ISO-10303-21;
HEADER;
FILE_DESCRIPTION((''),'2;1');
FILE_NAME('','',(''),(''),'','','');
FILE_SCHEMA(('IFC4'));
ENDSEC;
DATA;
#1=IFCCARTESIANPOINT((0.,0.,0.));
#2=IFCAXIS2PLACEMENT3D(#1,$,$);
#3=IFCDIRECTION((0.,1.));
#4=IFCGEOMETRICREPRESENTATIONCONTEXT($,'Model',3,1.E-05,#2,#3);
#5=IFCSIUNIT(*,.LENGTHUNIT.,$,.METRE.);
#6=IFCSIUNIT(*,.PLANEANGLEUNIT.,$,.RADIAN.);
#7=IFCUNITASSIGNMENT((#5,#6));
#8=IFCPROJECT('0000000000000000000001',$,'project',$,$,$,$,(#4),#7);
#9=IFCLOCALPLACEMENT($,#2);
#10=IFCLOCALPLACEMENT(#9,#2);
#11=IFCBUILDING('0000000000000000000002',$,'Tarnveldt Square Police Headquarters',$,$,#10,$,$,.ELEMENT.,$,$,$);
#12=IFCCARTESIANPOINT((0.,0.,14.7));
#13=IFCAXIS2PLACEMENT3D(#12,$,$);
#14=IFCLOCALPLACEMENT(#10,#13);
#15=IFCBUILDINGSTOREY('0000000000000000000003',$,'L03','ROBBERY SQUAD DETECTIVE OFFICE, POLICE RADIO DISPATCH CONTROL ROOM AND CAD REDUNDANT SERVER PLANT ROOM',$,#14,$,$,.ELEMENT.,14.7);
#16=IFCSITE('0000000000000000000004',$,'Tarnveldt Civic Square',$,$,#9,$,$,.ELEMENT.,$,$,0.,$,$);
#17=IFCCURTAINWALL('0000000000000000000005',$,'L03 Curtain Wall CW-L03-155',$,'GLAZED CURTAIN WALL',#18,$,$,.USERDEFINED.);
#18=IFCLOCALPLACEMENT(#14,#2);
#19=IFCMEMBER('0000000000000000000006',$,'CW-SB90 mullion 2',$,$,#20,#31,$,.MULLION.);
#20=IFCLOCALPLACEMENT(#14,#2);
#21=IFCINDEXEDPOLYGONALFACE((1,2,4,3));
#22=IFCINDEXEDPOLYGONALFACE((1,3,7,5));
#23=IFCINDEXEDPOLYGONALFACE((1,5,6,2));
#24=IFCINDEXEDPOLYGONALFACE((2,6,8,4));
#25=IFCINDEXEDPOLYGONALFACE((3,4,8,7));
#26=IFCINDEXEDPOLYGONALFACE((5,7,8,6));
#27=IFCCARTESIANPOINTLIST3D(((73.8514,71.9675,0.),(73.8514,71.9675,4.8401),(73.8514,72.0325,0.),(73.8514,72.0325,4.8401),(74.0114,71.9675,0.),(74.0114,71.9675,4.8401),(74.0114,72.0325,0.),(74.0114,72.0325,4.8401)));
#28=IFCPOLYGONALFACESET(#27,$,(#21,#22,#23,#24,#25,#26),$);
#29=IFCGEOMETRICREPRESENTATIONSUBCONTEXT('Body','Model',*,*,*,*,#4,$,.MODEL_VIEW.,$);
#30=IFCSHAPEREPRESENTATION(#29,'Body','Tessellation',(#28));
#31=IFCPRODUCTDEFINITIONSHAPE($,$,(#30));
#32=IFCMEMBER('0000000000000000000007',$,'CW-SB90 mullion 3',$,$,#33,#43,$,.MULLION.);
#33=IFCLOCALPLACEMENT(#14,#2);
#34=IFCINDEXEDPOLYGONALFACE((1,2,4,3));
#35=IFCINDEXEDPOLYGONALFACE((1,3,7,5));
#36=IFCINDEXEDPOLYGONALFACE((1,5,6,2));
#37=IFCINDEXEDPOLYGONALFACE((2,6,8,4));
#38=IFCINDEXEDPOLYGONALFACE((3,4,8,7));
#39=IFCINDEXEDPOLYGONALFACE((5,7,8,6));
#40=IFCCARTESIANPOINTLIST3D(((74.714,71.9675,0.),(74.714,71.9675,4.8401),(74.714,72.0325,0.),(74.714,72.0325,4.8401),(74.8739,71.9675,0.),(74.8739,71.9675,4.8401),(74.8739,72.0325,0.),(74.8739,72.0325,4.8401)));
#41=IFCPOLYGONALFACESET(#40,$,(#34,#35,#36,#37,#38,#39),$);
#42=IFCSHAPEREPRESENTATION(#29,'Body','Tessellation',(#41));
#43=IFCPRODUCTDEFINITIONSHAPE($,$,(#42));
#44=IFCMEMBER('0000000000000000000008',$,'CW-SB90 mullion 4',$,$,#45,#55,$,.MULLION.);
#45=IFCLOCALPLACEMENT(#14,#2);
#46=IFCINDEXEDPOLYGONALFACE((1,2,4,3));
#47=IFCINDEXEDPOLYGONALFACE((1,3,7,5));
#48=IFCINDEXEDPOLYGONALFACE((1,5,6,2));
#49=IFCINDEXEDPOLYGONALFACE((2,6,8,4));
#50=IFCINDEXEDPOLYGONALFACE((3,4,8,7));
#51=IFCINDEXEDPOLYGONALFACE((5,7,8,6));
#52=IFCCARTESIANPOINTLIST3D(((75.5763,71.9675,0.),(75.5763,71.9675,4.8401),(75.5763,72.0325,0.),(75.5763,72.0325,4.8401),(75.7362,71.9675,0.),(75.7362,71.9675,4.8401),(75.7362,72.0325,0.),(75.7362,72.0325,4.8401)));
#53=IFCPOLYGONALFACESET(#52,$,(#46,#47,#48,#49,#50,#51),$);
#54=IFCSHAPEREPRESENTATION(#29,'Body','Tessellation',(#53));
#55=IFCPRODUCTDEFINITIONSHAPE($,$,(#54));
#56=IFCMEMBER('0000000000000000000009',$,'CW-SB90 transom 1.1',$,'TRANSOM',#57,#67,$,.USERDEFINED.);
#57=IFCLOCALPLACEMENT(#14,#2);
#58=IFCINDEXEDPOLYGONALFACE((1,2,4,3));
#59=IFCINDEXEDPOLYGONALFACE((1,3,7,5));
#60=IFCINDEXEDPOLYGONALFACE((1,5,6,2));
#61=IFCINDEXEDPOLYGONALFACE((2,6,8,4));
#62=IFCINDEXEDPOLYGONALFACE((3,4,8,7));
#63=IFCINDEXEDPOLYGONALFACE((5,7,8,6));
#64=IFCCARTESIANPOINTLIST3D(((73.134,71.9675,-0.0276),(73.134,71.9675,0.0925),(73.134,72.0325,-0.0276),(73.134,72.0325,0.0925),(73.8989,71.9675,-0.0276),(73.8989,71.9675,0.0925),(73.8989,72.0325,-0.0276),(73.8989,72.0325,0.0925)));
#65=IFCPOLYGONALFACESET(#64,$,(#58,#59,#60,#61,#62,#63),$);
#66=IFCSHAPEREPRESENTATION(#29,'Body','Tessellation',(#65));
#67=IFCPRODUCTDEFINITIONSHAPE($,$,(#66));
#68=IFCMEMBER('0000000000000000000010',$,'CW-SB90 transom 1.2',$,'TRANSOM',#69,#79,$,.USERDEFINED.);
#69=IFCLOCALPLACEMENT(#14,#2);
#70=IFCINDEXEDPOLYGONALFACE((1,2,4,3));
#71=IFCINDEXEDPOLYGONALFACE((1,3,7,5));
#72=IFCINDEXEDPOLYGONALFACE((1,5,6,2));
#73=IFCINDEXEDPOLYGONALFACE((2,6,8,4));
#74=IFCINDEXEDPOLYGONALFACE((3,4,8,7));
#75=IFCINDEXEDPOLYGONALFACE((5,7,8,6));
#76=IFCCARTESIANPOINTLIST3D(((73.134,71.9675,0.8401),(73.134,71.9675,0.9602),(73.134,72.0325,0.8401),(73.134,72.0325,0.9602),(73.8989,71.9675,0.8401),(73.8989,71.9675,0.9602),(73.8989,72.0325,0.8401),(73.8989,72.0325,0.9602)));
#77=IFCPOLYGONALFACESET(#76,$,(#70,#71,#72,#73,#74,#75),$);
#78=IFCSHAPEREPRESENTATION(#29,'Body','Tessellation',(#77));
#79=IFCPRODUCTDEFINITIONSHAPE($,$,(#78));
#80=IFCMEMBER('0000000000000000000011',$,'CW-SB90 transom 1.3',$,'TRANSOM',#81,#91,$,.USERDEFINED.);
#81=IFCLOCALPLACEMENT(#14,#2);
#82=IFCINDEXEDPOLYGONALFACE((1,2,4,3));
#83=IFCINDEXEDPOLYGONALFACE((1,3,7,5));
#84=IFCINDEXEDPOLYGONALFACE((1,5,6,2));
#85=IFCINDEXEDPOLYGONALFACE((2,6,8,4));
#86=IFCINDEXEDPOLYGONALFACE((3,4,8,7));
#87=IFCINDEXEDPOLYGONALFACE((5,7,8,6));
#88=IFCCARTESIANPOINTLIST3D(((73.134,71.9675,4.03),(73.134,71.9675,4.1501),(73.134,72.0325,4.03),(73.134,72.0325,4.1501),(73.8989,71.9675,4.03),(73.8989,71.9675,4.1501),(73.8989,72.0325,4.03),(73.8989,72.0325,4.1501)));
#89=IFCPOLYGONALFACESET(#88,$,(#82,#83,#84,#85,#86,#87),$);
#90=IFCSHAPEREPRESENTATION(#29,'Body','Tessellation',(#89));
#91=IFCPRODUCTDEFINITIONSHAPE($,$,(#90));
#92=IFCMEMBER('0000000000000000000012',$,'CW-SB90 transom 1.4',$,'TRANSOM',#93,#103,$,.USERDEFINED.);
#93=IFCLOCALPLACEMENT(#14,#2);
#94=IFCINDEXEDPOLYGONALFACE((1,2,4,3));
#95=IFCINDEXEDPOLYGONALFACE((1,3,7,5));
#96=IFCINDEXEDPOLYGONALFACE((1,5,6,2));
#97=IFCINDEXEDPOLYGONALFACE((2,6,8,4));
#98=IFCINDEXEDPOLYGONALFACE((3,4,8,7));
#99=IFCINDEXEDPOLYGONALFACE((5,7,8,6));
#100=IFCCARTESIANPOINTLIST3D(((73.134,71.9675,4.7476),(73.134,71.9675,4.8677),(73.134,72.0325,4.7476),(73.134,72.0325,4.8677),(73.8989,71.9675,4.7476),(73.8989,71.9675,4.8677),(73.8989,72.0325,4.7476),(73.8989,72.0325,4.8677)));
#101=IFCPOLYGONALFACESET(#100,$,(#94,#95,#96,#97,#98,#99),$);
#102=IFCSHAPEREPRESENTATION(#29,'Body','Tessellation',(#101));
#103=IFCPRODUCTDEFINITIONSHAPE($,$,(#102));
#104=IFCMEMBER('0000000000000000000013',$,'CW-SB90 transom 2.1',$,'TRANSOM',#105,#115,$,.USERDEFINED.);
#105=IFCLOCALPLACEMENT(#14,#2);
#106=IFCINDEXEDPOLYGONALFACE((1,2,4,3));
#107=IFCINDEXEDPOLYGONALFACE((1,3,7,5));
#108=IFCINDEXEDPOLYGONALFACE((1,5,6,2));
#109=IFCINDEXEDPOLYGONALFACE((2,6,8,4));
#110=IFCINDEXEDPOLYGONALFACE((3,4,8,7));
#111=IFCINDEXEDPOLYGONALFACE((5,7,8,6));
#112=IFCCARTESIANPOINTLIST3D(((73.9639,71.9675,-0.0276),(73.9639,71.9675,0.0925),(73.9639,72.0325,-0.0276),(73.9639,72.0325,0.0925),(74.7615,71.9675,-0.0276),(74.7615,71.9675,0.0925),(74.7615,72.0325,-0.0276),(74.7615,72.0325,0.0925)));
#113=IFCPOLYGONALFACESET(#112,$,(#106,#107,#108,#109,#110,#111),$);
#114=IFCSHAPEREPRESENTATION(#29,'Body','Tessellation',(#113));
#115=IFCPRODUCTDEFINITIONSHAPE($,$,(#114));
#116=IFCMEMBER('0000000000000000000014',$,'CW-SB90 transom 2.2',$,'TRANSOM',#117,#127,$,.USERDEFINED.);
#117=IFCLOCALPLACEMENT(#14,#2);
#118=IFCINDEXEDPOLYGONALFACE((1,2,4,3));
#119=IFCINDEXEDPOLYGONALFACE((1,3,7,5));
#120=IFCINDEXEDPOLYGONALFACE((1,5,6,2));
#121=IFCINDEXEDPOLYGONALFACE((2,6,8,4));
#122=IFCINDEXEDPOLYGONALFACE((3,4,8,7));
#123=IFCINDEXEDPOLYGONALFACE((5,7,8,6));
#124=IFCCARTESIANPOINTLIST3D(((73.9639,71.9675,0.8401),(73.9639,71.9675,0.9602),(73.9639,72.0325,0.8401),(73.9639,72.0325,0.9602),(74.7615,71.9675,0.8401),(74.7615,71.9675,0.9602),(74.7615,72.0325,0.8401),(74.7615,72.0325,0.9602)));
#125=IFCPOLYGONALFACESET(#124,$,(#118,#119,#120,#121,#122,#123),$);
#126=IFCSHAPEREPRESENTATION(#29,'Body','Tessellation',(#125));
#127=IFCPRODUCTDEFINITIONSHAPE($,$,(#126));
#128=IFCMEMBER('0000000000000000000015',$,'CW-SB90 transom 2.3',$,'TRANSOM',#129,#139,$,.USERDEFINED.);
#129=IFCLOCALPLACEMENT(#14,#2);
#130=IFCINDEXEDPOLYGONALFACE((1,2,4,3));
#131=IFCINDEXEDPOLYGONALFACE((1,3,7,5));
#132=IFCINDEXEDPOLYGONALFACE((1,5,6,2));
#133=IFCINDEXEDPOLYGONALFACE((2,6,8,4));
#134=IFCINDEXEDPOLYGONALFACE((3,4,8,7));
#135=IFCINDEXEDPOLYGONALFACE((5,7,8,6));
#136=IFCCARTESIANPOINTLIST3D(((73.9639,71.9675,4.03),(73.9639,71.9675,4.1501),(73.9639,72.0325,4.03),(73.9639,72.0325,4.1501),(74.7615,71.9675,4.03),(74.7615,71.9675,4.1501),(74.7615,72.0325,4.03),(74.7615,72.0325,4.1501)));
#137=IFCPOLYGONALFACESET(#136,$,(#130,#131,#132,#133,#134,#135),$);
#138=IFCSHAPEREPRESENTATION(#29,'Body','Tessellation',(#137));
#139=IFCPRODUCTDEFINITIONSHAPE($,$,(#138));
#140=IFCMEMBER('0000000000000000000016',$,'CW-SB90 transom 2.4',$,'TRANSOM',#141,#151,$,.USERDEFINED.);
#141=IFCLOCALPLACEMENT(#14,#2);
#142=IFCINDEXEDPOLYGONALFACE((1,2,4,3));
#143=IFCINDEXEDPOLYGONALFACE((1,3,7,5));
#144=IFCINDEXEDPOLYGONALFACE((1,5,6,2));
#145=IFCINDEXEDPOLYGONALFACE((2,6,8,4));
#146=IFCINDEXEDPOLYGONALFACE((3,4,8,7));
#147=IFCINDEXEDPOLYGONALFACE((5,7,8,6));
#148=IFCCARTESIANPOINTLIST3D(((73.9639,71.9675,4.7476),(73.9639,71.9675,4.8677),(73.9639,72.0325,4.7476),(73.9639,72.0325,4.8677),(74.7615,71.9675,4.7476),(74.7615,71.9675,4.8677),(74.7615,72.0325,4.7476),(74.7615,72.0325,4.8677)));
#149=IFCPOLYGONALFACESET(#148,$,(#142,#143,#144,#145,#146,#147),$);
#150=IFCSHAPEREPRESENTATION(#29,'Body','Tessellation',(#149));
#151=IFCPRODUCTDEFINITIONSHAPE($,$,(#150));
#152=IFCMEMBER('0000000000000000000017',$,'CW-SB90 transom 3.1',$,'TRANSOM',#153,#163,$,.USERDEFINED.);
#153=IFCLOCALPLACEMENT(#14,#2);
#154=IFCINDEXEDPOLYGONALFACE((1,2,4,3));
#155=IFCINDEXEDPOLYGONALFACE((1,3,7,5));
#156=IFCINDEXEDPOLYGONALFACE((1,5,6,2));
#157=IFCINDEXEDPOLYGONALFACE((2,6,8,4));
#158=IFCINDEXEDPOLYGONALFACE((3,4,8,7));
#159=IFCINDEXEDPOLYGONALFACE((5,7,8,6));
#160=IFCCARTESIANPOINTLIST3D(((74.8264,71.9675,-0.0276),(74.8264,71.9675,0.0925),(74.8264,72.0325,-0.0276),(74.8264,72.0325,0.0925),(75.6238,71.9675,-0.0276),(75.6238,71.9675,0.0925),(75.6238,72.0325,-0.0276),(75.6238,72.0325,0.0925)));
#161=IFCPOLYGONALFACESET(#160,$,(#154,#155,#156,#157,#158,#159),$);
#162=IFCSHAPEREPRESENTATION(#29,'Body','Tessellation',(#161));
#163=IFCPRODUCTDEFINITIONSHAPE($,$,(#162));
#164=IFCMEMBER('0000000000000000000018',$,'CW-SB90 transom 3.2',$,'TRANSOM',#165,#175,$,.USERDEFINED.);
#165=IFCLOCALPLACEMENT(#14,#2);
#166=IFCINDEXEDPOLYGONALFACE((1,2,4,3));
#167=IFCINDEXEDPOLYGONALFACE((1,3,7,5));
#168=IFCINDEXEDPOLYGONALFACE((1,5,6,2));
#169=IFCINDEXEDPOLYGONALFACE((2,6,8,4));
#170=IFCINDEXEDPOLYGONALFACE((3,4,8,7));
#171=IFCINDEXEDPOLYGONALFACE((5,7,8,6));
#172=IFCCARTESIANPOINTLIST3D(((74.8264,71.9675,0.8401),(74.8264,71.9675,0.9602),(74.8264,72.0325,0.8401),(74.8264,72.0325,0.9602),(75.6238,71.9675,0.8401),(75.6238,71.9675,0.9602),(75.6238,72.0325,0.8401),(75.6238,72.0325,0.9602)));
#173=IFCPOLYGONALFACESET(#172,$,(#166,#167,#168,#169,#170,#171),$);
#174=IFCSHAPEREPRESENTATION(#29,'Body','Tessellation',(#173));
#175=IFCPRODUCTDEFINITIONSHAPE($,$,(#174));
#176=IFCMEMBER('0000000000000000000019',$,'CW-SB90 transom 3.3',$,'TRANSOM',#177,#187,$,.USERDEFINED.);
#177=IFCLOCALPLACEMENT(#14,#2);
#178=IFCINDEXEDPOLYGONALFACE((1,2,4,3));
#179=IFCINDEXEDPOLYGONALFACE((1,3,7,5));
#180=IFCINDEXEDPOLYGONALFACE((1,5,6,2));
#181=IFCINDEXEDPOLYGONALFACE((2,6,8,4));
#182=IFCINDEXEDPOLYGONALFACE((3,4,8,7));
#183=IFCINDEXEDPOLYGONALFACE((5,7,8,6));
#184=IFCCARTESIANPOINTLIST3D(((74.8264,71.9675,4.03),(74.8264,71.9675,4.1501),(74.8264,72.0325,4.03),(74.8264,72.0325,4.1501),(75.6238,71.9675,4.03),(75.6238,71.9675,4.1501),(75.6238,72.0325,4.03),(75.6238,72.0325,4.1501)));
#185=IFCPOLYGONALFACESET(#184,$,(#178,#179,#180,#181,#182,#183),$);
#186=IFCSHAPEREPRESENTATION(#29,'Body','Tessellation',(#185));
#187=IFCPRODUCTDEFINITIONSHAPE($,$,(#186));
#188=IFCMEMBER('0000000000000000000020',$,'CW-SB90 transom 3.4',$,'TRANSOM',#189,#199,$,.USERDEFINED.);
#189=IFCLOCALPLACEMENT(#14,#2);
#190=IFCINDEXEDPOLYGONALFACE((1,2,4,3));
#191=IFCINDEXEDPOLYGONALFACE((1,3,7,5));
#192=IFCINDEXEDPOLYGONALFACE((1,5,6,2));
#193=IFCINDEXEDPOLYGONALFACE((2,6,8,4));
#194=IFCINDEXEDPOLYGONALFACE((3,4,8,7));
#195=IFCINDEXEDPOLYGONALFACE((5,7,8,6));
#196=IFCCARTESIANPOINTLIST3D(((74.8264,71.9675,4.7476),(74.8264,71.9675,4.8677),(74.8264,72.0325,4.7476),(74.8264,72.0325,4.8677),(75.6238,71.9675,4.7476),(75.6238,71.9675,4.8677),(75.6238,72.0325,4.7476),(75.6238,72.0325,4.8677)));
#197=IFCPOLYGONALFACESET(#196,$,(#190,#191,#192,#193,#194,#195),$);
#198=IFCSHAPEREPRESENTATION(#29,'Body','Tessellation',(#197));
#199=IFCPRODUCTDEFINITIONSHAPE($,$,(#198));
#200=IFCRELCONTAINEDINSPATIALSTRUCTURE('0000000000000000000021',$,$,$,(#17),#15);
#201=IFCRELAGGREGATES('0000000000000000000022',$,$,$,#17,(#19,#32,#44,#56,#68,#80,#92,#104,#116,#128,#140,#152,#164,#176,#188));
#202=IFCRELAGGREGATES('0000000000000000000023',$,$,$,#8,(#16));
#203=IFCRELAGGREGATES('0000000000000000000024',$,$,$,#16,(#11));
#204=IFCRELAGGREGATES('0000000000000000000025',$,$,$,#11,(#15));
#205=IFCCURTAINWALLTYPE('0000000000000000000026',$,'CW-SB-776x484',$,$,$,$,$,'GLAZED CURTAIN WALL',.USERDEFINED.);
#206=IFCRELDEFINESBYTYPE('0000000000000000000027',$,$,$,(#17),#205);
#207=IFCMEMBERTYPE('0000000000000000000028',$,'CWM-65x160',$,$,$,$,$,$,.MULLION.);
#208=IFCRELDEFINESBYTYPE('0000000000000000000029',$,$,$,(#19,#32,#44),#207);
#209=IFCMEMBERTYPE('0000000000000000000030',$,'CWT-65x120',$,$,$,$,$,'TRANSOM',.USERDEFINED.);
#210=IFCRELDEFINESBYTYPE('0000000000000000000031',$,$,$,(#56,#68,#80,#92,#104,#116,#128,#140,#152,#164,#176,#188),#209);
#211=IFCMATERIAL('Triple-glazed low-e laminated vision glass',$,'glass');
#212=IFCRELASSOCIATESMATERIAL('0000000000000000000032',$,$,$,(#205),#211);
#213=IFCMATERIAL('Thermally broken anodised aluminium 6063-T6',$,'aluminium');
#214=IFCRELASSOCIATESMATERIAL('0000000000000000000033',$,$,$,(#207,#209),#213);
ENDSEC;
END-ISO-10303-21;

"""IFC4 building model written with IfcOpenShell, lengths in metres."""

from ifc_helpers import new_model, si_unit, direction, frame, origin, origin_2d, place, context, subcontext, project, spatial, rectangle, extrude, material, material_profile, profile_set, type_object, element, aggregate, save


model = new_model("IFC4")

# Units and contexts
model_context = context("Model", 3, precision=1e-05, world=origin(), true_north=direction((0.0, 1.0)))
body_context = subcontext(model_context, "Body", "Model", "MODEL_VIEW")
ifc_project = project(units=[si_unit("LENGTHUNIT", "METRE"), si_unit("PLANEANGLEUNIT", "RADIAN")], contexts=[model_context])

# Site, building, storey
site_placement = place(None, origin())
site = spatial("IfcSite", under=ifc_project, at=site_placement, Name="Tarnveldt Civic Square", CompositionType="ELEMENT", RefElevation=0.0)
building_placement = place(site_placement, origin())
building = spatial("IfcBuilding", under=site, at=building_placement, Name="Tarnveldt Square Police Headquarters", CompositionType="ELEMENT")
storey_placement = place(building_placement, frame((0.0, 0.0, 14.7)))
storey = spatial("IfcBuildingStorey", under=building, at=storey_placement, Name="L03", Description="ROBBERY SQUAD DETECTIVE OFFICE, POLICE RADIO DISPATCH CONTROL ROOM AND CAD REDUNDANT SERVER PLANT ROOM", CompositionType="ELEMENT", Elevation=14.7)

# Curtain wall, members
ifc_material_1 = material(Name="Triple-glazed low-e laminated vision glass", Category="glass")
curtain_wall_type = type_object("IfcCurtainWallType", Name="CW-SB-776x484", ElementType="GLAZED CURTAIN WALL", PredefinedType="USERDEFINED", material=ifc_material_1)
curtain_wall_placement = place(storey_placement, origin())
curtain_wall = element("IfcCurtainWall", 1, at=curtain_wall_placement, inside=storey, type_object=curtain_wall_type, Name="L03 Curtain Wall CW-L03-155", ObjectType="GLAZED CURTAIN WALL", PredefinedType="USERDEFINED")
ifc_material_2 = material(Name="Thermally broken anodised aluminium 6063-T6", Category="aluminium")
ifc_material_profile_1 = material_profile(ifc_material_2, rectangle(XDim=0.0649, YDim=0.1599, at=origin_2d()), Name="CW-M65x160")
ifc_profile_set_1 = profile_set([ifc_material_profile_1], Name="Thermally broken anodised aluminium 6063-T6")
member_type_1 = type_object("IfcMemberType", Name="CWM-65x160", PredefinedType="MULLION", material=ifc_profile_set_1)
member_1_placement = place(storey_placement, frame((73.9314, 72.0, 0.0), z_axis=(0.0, 0.0, 1.0), x_axis=(0.0, 1.0, 0.0)))
member_1 = element("IfcMember", 2, at=member_1_placement, type_object=member_type_1, Name="CW-SB90 mullion 2", PredefinedType="MULLION", context=body_context, shape_type="SweptSolid", body=[
    extrude(rectangle(XDim=0.0649, YDim=0.1599, at=origin_2d()), origin(), (0.0, 0.0, 1.0), 4.8401),
])
member_2_placement = place(storey_placement, frame((74.7939, 72.0, 0.0), z_axis=(0.0, 0.0, 1.0), x_axis=(0.0, 1.0, 0.0)))
member_2 = element("IfcMember", 3, at=member_2_placement, type_object=member_type_1, Name="CW-SB90 mullion 3", PredefinedType="MULLION", context=body_context, shape_type="SweptSolid", body=[
    extrude(rectangle(XDim=0.0649, YDim=0.1599, at=origin_2d()), origin(), (0.0, 0.0, 1.0), 4.8401),
])
member_3_placement = place(storey_placement, frame((75.6562, 72.0, 0.0), z_axis=(0.0, 0.0, 1.0), x_axis=(0.0, 1.0, 0.0)))
member_3 = element("IfcMember", 4, at=member_3_placement, type_object=member_type_1, Name="CW-SB90 mullion 4", PredefinedType="MULLION", context=body_context, shape_type="SweptSolid", body=[
    extrude(rectangle(XDim=0.0649, YDim=0.1599, at=origin_2d()), origin(), (0.0, 0.0, 1.0), 4.8401),
])
ifc_material_profile_2 = material_profile(ifc_material_2, rectangle(XDim=0.0649, YDim=0.1201, at=origin_2d()), Name="CW-T65x120")
ifc_profile_set_2 = profile_set([ifc_material_profile_2], Name="Thermally broken anodised aluminium 6063-T6")
member_type_2 = type_object("IfcMemberType", Name="CWT-65x120", ElementType="TRANSOM", PredefinedType="USERDEFINED", material=ifc_profile_set_2)
member_4_placement = place(storey_placement, frame((73.134, 72.0, 0.0325), z_axis=(1.0, 0.0, 0.0), x_axis=(0.0, 1.0, 0.0)))
member_4 = element("IfcMember", 5, at=member_4_placement, type_object=member_type_2, Name="CW-SB90 transom 1.1", ObjectType="TRANSOM", PredefinedType="USERDEFINED", context=body_context, shape_type="SweptSolid", body=[
    extrude(rectangle(XDim=0.0649, YDim=0.1201, at=origin_2d()), origin(), (0.0, 0.0, 1.0), 0.7649),
])
member_5_placement = place(storey_placement, frame((73.134, 72.0, 0.9001), z_axis=(1.0, 0.0, 0.0), x_axis=(0.0, 1.0, 0.0)))
member_5 = element("IfcMember", 6, at=member_5_placement, type_object=member_type_2, Name="CW-SB90 transom 1.2", ObjectType="TRANSOM", PredefinedType="USERDEFINED", context=body_context, shape_type="SweptSolid", body=[
    extrude(rectangle(XDim=0.0649, YDim=0.1201, at=origin_2d()), origin(), (0.0, 0.0, 1.0), 0.7649),
])
member_6_placement = place(storey_placement, frame((73.134, 72.0, 4.0901), z_axis=(1.0, 0.0, 0.0), x_axis=(0.0, 1.0, 0.0)))
member_6 = element("IfcMember", 7, at=member_6_placement, type_object=member_type_2, Name="CW-SB90 transom 1.3", ObjectType="TRANSOM", PredefinedType="USERDEFINED", context=body_context, shape_type="SweptSolid", body=[
    extrude(rectangle(XDim=0.0649, YDim=0.1201, at=origin_2d()), origin(), (0.0, 0.0, 1.0), 0.7649),
])
member_7_placement = place(storey_placement, frame((73.134, 72.0, 4.8076), z_axis=(1.0, 0.0, 0.0), x_axis=(0.0, 1.0, 0.0)))
member_7 = element("IfcMember", 8, at=member_7_placement, type_object=member_type_2, Name="CW-SB90 transom 1.4", ObjectType="TRANSOM", PredefinedType="USERDEFINED", context=body_context, shape_type="SweptSolid", body=[
    extrude(rectangle(XDim=0.0649, YDim=0.1201, at=origin_2d()), origin(), (0.0, 0.0, 1.0), 0.7649),
])
member_8_placement = place(storey_placement, frame((73.9639, 72.0, 0.0325), z_axis=(1.0, 0.0, 0.0), x_axis=(0.0, 1.0, 0.0)))
member_8 = element("IfcMember", 9, at=member_8_placement, type_object=member_type_2, Name="CW-SB90 transom 2.1", ObjectType="TRANSOM", PredefinedType="USERDEFINED", context=body_context, shape_type="SweptSolid", body=[
    extrude(rectangle(XDim=0.0649, YDim=0.1201, at=origin_2d()), origin(), (0.0, 0.0, 1.0), 0.7976),
])
member_9_placement = place(storey_placement, frame((73.9639, 72.0, 0.9001), z_axis=(1.0, 0.0, 0.0), x_axis=(0.0, 1.0, 0.0)))
member_9 = element("IfcMember", 10, at=member_9_placement, type_object=member_type_2, Name="CW-SB90 transom 2.2", ObjectType="TRANSOM", PredefinedType="USERDEFINED", context=body_context, shape_type="SweptSolid", body=[
    extrude(rectangle(XDim=0.0649, YDim=0.1201, at=origin_2d()), origin(), (0.0, 0.0, 1.0), 0.7976),
])
member_10_placement = place(storey_placement, frame((73.9639, 72.0, 4.0901), z_axis=(1.0, 0.0, 0.0), x_axis=(0.0, 1.0, 0.0)))
member_10 = element("IfcMember", 11, at=member_10_placement, type_object=member_type_2, Name="CW-SB90 transom 2.3", ObjectType="TRANSOM", PredefinedType="USERDEFINED", context=body_context, shape_type="SweptSolid", body=[
    extrude(rectangle(XDim=0.0649, YDim=0.1201, at=origin_2d()), origin(), (0.0, 0.0, 1.0), 0.7976),
])
member_11_placement = place(storey_placement, frame((73.9639, 72.0, 4.8076), z_axis=(1.0, 0.0, 0.0), x_axis=(0.0, 1.0, 0.0)))
member_11 = element("IfcMember", 12, at=member_11_placement, type_object=member_type_2, Name="CW-SB90 transom 2.4", ObjectType="TRANSOM", PredefinedType="USERDEFINED", context=body_context, shape_type="SweptSolid", body=[
    extrude(rectangle(XDim=0.0649, YDim=0.1201, at=origin_2d()), origin(), (0.0, 0.0, 1.0), 0.7976),
])
member_12_placement = place(storey_placement, frame((74.8264, 72.0, 0.0325), z_axis=(1.0, 0.0, 0.0), x_axis=(0.0, 1.0, 0.0)))
member_12 = element("IfcMember", 13, at=member_12_placement, type_object=member_type_2, Name="CW-SB90 transom 3.1", ObjectType="TRANSOM", PredefinedType="USERDEFINED", context=body_context, shape_type="SweptSolid", body=[
    extrude(rectangle(XDim=0.0649, YDim=0.1201, at=origin_2d()), origin(), (0.0, 0.0, 1.0), 0.7974),
])
member_13_placement = place(storey_placement, frame((74.8264, 72.0, 0.9001), z_axis=(1.0, 0.0, 0.0), x_axis=(0.0, 1.0, 0.0)))
member_13 = element("IfcMember", 14, at=member_13_placement, type_object=member_type_2, Name="CW-SB90 transom 3.2", ObjectType="TRANSOM", PredefinedType="USERDEFINED", context=body_context, shape_type="SweptSolid", body=[
    extrude(rectangle(XDim=0.0649, YDim=0.1201, at=origin_2d()), origin(), (0.0, 0.0, 1.0), 0.7974),
])
member_14_placement = place(storey_placement, frame((74.8264, 72.0, 4.0901), z_axis=(1.0, 0.0, 0.0), x_axis=(0.0, 1.0, 0.0)))
member_14 = element("IfcMember", 15, at=member_14_placement, type_object=member_type_2, Name="CW-SB90 transom 3.3", ObjectType="TRANSOM", PredefinedType="USERDEFINED", context=body_context, shape_type="SweptSolid", body=[
    extrude(rectangle(XDim=0.0649, YDim=0.1201, at=origin_2d()), origin(), (0.0, 0.0, 1.0), 0.7974),
])
member_15_placement = place(storey_placement, frame((74.8264, 72.0, 4.8076), z_axis=(1.0, 0.0, 0.0), x_axis=(0.0, 1.0, 0.0)))
member_15 = element("IfcMember", 16, at=member_15_placement, type_object=member_type_2, Name="CW-SB90 transom 3.4", ObjectType="TRANSOM", PredefinedType="USERDEFINED", context=body_context, shape_type="SweptSolid", body=[
    extrude(rectangle(XDim=0.0649, YDim=0.1201, at=origin_2d()), origin(), (0.0, 0.0, 1.0), 0.7974),
])
aggregate(curtain_wall, [member_1, member_2, member_3, member_4, member_5, member_6, member_7, member_8, member_9, member_10, member_11, member_12, member_13, member_14, member_15])

save(model, "model.ifc")
